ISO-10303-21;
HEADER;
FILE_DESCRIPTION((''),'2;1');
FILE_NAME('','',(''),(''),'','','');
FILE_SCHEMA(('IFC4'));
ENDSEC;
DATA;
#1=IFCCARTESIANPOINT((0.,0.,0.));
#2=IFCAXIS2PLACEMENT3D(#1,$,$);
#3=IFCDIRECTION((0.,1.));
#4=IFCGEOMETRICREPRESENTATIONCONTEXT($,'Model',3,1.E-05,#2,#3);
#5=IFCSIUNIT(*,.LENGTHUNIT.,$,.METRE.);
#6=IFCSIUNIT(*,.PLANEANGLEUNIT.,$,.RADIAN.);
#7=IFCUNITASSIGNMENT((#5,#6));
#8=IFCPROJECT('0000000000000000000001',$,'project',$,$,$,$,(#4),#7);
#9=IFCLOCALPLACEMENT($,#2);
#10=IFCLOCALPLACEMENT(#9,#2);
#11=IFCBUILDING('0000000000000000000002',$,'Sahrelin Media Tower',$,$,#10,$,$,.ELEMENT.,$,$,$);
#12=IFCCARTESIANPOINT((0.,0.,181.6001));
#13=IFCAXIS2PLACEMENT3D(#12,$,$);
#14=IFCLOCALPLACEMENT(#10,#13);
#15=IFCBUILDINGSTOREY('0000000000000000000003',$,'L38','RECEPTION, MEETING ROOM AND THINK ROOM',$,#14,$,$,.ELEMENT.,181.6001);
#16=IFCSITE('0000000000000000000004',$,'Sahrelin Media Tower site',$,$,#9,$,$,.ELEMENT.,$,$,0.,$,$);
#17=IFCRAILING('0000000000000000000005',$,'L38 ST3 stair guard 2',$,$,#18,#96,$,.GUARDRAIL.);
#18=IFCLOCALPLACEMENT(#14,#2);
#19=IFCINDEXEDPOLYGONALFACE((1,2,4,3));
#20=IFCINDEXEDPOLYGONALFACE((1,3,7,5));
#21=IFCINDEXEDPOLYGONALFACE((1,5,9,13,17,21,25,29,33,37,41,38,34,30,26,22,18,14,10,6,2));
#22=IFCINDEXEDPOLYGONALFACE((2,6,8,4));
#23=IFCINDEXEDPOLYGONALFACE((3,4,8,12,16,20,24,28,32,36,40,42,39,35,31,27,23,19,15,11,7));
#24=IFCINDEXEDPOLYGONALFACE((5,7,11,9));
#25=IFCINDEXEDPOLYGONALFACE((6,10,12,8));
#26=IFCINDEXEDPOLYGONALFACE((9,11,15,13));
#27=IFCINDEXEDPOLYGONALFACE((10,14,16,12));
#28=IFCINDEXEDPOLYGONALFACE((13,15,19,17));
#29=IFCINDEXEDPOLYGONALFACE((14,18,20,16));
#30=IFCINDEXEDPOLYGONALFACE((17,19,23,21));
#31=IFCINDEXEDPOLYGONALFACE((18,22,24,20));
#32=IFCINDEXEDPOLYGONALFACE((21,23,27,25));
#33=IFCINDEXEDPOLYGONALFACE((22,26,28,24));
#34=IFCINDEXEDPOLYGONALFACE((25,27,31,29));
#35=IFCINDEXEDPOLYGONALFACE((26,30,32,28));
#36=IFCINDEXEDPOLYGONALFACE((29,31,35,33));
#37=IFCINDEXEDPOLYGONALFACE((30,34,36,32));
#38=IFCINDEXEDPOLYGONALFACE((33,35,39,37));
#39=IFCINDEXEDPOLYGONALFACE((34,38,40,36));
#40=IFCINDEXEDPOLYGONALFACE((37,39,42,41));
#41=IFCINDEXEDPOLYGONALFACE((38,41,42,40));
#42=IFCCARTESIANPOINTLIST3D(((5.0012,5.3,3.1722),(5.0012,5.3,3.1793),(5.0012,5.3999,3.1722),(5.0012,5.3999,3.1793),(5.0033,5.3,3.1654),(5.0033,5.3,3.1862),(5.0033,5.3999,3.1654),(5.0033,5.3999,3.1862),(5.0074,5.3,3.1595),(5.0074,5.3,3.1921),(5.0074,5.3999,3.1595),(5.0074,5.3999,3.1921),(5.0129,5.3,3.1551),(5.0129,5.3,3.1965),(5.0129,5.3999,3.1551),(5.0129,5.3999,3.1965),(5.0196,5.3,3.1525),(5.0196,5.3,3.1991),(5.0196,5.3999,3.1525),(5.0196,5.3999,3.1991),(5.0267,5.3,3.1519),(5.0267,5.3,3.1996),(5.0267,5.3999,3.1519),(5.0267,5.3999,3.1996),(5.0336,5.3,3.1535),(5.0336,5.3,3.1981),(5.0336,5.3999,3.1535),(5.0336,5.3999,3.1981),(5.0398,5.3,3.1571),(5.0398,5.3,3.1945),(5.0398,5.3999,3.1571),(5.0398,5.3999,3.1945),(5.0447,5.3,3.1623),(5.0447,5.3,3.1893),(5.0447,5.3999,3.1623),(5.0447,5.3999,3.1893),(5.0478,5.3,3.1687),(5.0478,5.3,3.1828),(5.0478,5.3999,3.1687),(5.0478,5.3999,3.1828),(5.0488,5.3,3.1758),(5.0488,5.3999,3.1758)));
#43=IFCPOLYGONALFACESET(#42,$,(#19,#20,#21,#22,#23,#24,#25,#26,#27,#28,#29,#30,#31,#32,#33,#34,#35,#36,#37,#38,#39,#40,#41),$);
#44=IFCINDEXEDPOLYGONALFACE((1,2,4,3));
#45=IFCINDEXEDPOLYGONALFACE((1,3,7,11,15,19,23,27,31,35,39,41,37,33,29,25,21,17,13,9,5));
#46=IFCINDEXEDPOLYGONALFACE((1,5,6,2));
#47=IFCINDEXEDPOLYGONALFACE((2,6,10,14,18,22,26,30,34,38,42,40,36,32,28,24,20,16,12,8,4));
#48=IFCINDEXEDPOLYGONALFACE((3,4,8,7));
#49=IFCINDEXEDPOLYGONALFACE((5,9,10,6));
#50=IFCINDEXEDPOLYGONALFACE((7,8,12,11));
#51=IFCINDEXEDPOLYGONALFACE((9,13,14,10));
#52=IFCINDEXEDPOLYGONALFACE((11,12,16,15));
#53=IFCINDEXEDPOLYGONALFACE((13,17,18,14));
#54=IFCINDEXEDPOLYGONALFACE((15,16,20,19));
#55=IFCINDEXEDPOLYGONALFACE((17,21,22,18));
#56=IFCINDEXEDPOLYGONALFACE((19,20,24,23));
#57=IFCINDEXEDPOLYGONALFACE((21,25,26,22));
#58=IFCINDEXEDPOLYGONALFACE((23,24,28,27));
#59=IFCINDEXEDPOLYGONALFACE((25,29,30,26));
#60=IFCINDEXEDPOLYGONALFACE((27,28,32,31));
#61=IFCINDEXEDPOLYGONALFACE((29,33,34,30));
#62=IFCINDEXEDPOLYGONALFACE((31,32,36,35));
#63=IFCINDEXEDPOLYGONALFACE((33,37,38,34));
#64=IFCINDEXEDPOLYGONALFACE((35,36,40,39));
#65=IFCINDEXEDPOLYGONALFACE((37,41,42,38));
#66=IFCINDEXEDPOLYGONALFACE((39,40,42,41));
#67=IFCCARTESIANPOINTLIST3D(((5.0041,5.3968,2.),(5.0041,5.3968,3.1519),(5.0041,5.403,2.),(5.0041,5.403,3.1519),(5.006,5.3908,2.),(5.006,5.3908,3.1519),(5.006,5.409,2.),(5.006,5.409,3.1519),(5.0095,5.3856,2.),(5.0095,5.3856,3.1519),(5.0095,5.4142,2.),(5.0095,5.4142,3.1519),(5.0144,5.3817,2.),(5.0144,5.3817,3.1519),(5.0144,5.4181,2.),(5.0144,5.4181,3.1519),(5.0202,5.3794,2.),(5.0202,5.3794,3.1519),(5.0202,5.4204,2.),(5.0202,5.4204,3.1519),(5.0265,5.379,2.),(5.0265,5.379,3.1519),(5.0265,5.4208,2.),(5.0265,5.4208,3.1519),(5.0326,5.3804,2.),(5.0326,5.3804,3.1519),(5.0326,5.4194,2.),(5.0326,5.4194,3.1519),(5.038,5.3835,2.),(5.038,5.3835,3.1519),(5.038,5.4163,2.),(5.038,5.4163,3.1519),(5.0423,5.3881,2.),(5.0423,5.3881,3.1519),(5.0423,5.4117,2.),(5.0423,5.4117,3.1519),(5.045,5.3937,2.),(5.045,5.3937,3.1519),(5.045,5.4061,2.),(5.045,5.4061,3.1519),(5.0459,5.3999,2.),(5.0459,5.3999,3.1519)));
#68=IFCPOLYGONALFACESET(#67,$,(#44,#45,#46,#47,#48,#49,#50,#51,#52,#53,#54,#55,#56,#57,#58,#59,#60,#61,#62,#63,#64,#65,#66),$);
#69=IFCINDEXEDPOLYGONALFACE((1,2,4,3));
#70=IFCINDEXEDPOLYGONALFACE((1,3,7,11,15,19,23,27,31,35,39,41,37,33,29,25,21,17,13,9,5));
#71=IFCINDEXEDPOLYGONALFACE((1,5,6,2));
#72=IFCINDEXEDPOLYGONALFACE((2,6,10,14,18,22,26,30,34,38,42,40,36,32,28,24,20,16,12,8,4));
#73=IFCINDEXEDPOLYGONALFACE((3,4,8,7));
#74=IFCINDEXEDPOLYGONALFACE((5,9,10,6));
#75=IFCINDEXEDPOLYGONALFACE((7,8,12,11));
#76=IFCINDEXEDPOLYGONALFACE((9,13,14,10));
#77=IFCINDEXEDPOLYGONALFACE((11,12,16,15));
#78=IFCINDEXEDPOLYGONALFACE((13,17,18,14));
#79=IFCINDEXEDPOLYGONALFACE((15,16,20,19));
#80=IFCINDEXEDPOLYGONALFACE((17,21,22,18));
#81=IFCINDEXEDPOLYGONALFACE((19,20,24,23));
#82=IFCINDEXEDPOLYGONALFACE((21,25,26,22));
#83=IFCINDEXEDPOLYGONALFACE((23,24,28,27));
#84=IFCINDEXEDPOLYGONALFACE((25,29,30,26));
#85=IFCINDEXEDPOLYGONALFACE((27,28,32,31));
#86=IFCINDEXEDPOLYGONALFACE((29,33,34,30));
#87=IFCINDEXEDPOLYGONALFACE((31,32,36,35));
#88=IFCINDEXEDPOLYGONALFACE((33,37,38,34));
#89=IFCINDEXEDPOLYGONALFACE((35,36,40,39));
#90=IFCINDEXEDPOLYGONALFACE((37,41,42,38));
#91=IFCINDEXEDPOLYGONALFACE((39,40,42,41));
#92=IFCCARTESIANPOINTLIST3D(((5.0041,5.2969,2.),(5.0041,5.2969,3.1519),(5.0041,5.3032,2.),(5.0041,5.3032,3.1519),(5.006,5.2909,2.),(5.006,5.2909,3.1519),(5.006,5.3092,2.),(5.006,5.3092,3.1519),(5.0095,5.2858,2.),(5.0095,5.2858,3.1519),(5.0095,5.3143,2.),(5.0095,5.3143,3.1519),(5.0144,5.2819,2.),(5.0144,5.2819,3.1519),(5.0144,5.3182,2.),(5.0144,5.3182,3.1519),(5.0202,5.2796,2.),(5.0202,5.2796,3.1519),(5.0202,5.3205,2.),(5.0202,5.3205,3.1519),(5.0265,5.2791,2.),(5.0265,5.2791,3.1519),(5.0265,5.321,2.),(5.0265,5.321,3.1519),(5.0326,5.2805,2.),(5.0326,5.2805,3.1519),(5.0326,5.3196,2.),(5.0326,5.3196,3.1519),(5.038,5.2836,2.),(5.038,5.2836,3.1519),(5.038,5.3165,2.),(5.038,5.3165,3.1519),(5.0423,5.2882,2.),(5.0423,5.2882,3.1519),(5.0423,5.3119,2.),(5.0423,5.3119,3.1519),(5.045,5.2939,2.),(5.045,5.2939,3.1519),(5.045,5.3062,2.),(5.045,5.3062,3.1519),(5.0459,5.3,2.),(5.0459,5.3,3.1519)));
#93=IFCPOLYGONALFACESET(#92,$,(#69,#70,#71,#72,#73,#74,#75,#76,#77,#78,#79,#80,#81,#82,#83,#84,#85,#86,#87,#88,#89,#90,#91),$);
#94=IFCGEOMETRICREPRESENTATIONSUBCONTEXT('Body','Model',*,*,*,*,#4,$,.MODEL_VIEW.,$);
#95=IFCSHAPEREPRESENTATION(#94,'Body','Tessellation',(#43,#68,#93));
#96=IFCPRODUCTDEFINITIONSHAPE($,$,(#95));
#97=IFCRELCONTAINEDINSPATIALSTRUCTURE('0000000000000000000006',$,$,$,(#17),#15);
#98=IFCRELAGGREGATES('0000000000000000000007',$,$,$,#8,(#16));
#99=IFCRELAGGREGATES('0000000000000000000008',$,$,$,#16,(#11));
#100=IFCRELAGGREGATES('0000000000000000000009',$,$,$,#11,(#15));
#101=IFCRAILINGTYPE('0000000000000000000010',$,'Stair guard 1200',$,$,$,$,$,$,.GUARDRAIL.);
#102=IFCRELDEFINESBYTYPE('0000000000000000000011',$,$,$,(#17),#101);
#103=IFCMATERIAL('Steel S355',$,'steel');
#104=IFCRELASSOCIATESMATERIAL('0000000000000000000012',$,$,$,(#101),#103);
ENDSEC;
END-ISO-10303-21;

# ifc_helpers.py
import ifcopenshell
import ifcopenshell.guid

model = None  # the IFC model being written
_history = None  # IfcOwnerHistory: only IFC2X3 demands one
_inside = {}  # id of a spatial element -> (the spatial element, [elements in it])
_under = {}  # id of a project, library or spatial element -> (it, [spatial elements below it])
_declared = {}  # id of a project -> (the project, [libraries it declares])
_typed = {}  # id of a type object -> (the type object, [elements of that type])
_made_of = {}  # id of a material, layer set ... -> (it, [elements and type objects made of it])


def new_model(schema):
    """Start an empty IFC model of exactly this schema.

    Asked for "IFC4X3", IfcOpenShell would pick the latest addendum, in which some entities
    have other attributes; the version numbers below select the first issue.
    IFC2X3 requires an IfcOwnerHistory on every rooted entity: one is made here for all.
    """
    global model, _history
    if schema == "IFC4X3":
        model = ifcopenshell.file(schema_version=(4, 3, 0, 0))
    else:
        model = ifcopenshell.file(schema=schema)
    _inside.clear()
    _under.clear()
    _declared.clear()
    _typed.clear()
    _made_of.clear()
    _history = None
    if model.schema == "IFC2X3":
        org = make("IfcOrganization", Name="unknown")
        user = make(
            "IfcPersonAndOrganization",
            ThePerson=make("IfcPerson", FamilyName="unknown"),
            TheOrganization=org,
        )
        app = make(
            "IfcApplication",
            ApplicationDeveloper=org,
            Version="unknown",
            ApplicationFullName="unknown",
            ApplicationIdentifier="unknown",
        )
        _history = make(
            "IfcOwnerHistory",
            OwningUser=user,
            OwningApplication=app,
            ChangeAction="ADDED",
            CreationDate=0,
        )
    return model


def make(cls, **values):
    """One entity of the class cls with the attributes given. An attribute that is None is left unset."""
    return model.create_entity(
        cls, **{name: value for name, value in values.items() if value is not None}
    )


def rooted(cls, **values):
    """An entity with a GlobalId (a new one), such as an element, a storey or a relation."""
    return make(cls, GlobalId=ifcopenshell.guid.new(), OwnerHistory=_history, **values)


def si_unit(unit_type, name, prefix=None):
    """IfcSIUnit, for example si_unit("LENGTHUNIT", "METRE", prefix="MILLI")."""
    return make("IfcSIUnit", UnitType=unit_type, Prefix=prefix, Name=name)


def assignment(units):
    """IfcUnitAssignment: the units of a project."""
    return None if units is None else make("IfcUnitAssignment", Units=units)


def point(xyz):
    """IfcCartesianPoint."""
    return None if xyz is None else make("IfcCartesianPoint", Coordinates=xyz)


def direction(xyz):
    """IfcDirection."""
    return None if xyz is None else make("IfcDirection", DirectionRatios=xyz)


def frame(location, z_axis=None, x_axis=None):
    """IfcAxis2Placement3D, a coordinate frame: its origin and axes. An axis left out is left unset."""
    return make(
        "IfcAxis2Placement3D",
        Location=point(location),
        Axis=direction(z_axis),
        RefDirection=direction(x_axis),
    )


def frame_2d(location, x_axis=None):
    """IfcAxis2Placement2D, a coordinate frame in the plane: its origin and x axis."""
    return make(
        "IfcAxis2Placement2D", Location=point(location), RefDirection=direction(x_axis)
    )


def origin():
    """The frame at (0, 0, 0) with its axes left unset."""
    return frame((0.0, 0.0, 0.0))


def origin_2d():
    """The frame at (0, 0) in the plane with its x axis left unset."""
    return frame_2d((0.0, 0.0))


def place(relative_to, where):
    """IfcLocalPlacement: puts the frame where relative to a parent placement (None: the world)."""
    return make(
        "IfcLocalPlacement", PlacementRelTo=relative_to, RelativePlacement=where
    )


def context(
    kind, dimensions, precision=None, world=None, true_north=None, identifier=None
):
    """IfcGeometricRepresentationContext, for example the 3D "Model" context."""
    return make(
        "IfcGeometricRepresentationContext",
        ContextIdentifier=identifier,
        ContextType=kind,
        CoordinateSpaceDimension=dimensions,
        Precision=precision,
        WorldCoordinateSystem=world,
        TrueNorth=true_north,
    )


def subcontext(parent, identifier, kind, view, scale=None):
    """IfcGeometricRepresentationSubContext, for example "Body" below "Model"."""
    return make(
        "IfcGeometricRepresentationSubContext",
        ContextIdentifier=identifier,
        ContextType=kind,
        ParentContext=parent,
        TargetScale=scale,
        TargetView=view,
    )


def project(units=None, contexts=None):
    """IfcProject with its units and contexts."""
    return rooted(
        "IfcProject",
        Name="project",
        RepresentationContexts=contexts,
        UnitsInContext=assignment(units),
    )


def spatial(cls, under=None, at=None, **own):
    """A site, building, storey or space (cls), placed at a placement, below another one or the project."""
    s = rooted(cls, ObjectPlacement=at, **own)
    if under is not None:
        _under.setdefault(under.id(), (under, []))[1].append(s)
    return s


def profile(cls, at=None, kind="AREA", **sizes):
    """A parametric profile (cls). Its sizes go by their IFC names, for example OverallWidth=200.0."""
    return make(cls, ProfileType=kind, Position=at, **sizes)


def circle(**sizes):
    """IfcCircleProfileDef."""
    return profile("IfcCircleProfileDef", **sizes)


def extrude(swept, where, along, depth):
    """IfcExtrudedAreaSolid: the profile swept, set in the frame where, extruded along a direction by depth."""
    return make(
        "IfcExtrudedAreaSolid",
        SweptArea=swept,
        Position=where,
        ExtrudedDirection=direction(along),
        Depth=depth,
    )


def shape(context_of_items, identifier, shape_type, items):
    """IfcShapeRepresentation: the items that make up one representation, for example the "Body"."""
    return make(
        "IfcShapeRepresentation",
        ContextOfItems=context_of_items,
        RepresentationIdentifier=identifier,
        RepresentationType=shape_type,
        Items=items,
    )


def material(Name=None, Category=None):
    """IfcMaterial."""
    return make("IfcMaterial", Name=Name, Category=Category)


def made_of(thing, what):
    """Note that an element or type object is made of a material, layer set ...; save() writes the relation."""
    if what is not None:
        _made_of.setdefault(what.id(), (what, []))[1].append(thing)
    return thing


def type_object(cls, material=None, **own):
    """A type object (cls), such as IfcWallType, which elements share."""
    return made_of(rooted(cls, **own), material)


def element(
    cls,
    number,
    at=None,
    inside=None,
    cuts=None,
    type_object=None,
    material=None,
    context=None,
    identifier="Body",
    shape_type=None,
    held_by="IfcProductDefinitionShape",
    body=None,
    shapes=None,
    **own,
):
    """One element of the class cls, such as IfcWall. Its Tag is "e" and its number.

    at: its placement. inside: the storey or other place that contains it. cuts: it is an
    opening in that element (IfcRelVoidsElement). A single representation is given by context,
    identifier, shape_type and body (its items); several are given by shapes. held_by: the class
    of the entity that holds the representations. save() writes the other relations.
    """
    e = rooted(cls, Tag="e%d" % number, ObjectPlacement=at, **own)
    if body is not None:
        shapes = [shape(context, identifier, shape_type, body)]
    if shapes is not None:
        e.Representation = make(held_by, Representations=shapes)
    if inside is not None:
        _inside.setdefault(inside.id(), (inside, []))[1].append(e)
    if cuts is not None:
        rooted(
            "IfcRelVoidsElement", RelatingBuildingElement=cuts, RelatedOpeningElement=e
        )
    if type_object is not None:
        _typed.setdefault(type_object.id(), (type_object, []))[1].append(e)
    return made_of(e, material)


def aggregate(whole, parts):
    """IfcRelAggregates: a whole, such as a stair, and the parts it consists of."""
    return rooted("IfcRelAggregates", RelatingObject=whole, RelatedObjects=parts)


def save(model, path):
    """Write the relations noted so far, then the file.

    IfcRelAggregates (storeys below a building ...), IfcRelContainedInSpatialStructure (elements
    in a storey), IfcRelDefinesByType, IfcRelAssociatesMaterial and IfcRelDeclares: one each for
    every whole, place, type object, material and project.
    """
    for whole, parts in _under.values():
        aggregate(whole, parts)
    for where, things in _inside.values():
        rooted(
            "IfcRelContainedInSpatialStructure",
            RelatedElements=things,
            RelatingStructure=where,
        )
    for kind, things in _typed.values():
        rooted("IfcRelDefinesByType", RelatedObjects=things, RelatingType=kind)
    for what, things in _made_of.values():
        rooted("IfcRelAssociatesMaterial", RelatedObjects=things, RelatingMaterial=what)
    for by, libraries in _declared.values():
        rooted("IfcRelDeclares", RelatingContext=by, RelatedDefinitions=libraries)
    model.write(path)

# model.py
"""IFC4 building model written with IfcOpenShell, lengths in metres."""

from ifc_helpers import new_model, si_unit, direction, frame, origin, origin_2d, place, context, subcontext, project, spatial, circle, extrude, material, type_object, element, save


model = new_model("IFC4")

# Units and contexts
model_context = context("Model", 3, precision=1e-05, world=origin(), true_north=direction((0.0, 1.0)))
body_context = subcontext(model_context, "Body", "Model", "MODEL_VIEW")
ifc_project = project(units=[si_unit("LENGTHUNIT", "METRE"), si_unit("PLANEANGLEUNIT", "RADIAN")], contexts=[model_context])

# Site, building, storey
site_placement = place(None, origin())
site = spatial("IfcSite", under=ifc_project, at=site_placement, Name="Sahrelin Media Tower site", CompositionType="ELEMENT", RefElevation=0.0)
building_placement = place(site_placement, origin())
building = spatial("IfcBuilding", under=site, at=building_placement, Name="Sahrelin Media Tower", CompositionType="ELEMENT")
storey_placement = place(building_placement, frame((0.0, 0.0, 181.6001)))
storey = spatial("IfcBuildingStorey", under=building, at=storey_placement, Name="L38", Description="RECEPTION, MEETING ROOM AND THINK ROOM", CompositionType="ELEMENT", Elevation=181.6001)

# Shared definitions
ifc_material_1 = material(Name="Steel S355", Category="steel")

# Railing
railing_type_1 = type_object("IfcRailingType", Name="Stair guard 1200", PredefinedType="GUARDRAIL", material=ifc_material_1)
railing_1_placement = place(storey_placement, frame((5.0249, 5.3999, 2.0)))
element("IfcRailing", 1, at=railing_1_placement, inside=storey, type_object=railing_type_1, Name="L38 ST3 stair guard 2", PredefinedType="GUARDRAIL", context=body_context, shape_type="SweptSolid", body=[
    extrude(circle(Radius=0.0239, at=origin_2d()), frame((0.0, 0.0, 1.1758), z_axis=(0.0, -1.0, 0.0), x_axis=(1.0, 0.0, 0.0)), (0.0, 0.0, 1.0), 0.0999),
    extrude(circle(Radius=0.021, at=origin_2d()), origin(), (0.0, 0.0, 1.0), 1.1519),
    extrude(circle(Radius=0.021, at=origin_2d()), frame((0.0, -0.0999, 0.0)), (0.0, 0.0, 1.0), 1.1519),
])

save(model, "model.ifc")
